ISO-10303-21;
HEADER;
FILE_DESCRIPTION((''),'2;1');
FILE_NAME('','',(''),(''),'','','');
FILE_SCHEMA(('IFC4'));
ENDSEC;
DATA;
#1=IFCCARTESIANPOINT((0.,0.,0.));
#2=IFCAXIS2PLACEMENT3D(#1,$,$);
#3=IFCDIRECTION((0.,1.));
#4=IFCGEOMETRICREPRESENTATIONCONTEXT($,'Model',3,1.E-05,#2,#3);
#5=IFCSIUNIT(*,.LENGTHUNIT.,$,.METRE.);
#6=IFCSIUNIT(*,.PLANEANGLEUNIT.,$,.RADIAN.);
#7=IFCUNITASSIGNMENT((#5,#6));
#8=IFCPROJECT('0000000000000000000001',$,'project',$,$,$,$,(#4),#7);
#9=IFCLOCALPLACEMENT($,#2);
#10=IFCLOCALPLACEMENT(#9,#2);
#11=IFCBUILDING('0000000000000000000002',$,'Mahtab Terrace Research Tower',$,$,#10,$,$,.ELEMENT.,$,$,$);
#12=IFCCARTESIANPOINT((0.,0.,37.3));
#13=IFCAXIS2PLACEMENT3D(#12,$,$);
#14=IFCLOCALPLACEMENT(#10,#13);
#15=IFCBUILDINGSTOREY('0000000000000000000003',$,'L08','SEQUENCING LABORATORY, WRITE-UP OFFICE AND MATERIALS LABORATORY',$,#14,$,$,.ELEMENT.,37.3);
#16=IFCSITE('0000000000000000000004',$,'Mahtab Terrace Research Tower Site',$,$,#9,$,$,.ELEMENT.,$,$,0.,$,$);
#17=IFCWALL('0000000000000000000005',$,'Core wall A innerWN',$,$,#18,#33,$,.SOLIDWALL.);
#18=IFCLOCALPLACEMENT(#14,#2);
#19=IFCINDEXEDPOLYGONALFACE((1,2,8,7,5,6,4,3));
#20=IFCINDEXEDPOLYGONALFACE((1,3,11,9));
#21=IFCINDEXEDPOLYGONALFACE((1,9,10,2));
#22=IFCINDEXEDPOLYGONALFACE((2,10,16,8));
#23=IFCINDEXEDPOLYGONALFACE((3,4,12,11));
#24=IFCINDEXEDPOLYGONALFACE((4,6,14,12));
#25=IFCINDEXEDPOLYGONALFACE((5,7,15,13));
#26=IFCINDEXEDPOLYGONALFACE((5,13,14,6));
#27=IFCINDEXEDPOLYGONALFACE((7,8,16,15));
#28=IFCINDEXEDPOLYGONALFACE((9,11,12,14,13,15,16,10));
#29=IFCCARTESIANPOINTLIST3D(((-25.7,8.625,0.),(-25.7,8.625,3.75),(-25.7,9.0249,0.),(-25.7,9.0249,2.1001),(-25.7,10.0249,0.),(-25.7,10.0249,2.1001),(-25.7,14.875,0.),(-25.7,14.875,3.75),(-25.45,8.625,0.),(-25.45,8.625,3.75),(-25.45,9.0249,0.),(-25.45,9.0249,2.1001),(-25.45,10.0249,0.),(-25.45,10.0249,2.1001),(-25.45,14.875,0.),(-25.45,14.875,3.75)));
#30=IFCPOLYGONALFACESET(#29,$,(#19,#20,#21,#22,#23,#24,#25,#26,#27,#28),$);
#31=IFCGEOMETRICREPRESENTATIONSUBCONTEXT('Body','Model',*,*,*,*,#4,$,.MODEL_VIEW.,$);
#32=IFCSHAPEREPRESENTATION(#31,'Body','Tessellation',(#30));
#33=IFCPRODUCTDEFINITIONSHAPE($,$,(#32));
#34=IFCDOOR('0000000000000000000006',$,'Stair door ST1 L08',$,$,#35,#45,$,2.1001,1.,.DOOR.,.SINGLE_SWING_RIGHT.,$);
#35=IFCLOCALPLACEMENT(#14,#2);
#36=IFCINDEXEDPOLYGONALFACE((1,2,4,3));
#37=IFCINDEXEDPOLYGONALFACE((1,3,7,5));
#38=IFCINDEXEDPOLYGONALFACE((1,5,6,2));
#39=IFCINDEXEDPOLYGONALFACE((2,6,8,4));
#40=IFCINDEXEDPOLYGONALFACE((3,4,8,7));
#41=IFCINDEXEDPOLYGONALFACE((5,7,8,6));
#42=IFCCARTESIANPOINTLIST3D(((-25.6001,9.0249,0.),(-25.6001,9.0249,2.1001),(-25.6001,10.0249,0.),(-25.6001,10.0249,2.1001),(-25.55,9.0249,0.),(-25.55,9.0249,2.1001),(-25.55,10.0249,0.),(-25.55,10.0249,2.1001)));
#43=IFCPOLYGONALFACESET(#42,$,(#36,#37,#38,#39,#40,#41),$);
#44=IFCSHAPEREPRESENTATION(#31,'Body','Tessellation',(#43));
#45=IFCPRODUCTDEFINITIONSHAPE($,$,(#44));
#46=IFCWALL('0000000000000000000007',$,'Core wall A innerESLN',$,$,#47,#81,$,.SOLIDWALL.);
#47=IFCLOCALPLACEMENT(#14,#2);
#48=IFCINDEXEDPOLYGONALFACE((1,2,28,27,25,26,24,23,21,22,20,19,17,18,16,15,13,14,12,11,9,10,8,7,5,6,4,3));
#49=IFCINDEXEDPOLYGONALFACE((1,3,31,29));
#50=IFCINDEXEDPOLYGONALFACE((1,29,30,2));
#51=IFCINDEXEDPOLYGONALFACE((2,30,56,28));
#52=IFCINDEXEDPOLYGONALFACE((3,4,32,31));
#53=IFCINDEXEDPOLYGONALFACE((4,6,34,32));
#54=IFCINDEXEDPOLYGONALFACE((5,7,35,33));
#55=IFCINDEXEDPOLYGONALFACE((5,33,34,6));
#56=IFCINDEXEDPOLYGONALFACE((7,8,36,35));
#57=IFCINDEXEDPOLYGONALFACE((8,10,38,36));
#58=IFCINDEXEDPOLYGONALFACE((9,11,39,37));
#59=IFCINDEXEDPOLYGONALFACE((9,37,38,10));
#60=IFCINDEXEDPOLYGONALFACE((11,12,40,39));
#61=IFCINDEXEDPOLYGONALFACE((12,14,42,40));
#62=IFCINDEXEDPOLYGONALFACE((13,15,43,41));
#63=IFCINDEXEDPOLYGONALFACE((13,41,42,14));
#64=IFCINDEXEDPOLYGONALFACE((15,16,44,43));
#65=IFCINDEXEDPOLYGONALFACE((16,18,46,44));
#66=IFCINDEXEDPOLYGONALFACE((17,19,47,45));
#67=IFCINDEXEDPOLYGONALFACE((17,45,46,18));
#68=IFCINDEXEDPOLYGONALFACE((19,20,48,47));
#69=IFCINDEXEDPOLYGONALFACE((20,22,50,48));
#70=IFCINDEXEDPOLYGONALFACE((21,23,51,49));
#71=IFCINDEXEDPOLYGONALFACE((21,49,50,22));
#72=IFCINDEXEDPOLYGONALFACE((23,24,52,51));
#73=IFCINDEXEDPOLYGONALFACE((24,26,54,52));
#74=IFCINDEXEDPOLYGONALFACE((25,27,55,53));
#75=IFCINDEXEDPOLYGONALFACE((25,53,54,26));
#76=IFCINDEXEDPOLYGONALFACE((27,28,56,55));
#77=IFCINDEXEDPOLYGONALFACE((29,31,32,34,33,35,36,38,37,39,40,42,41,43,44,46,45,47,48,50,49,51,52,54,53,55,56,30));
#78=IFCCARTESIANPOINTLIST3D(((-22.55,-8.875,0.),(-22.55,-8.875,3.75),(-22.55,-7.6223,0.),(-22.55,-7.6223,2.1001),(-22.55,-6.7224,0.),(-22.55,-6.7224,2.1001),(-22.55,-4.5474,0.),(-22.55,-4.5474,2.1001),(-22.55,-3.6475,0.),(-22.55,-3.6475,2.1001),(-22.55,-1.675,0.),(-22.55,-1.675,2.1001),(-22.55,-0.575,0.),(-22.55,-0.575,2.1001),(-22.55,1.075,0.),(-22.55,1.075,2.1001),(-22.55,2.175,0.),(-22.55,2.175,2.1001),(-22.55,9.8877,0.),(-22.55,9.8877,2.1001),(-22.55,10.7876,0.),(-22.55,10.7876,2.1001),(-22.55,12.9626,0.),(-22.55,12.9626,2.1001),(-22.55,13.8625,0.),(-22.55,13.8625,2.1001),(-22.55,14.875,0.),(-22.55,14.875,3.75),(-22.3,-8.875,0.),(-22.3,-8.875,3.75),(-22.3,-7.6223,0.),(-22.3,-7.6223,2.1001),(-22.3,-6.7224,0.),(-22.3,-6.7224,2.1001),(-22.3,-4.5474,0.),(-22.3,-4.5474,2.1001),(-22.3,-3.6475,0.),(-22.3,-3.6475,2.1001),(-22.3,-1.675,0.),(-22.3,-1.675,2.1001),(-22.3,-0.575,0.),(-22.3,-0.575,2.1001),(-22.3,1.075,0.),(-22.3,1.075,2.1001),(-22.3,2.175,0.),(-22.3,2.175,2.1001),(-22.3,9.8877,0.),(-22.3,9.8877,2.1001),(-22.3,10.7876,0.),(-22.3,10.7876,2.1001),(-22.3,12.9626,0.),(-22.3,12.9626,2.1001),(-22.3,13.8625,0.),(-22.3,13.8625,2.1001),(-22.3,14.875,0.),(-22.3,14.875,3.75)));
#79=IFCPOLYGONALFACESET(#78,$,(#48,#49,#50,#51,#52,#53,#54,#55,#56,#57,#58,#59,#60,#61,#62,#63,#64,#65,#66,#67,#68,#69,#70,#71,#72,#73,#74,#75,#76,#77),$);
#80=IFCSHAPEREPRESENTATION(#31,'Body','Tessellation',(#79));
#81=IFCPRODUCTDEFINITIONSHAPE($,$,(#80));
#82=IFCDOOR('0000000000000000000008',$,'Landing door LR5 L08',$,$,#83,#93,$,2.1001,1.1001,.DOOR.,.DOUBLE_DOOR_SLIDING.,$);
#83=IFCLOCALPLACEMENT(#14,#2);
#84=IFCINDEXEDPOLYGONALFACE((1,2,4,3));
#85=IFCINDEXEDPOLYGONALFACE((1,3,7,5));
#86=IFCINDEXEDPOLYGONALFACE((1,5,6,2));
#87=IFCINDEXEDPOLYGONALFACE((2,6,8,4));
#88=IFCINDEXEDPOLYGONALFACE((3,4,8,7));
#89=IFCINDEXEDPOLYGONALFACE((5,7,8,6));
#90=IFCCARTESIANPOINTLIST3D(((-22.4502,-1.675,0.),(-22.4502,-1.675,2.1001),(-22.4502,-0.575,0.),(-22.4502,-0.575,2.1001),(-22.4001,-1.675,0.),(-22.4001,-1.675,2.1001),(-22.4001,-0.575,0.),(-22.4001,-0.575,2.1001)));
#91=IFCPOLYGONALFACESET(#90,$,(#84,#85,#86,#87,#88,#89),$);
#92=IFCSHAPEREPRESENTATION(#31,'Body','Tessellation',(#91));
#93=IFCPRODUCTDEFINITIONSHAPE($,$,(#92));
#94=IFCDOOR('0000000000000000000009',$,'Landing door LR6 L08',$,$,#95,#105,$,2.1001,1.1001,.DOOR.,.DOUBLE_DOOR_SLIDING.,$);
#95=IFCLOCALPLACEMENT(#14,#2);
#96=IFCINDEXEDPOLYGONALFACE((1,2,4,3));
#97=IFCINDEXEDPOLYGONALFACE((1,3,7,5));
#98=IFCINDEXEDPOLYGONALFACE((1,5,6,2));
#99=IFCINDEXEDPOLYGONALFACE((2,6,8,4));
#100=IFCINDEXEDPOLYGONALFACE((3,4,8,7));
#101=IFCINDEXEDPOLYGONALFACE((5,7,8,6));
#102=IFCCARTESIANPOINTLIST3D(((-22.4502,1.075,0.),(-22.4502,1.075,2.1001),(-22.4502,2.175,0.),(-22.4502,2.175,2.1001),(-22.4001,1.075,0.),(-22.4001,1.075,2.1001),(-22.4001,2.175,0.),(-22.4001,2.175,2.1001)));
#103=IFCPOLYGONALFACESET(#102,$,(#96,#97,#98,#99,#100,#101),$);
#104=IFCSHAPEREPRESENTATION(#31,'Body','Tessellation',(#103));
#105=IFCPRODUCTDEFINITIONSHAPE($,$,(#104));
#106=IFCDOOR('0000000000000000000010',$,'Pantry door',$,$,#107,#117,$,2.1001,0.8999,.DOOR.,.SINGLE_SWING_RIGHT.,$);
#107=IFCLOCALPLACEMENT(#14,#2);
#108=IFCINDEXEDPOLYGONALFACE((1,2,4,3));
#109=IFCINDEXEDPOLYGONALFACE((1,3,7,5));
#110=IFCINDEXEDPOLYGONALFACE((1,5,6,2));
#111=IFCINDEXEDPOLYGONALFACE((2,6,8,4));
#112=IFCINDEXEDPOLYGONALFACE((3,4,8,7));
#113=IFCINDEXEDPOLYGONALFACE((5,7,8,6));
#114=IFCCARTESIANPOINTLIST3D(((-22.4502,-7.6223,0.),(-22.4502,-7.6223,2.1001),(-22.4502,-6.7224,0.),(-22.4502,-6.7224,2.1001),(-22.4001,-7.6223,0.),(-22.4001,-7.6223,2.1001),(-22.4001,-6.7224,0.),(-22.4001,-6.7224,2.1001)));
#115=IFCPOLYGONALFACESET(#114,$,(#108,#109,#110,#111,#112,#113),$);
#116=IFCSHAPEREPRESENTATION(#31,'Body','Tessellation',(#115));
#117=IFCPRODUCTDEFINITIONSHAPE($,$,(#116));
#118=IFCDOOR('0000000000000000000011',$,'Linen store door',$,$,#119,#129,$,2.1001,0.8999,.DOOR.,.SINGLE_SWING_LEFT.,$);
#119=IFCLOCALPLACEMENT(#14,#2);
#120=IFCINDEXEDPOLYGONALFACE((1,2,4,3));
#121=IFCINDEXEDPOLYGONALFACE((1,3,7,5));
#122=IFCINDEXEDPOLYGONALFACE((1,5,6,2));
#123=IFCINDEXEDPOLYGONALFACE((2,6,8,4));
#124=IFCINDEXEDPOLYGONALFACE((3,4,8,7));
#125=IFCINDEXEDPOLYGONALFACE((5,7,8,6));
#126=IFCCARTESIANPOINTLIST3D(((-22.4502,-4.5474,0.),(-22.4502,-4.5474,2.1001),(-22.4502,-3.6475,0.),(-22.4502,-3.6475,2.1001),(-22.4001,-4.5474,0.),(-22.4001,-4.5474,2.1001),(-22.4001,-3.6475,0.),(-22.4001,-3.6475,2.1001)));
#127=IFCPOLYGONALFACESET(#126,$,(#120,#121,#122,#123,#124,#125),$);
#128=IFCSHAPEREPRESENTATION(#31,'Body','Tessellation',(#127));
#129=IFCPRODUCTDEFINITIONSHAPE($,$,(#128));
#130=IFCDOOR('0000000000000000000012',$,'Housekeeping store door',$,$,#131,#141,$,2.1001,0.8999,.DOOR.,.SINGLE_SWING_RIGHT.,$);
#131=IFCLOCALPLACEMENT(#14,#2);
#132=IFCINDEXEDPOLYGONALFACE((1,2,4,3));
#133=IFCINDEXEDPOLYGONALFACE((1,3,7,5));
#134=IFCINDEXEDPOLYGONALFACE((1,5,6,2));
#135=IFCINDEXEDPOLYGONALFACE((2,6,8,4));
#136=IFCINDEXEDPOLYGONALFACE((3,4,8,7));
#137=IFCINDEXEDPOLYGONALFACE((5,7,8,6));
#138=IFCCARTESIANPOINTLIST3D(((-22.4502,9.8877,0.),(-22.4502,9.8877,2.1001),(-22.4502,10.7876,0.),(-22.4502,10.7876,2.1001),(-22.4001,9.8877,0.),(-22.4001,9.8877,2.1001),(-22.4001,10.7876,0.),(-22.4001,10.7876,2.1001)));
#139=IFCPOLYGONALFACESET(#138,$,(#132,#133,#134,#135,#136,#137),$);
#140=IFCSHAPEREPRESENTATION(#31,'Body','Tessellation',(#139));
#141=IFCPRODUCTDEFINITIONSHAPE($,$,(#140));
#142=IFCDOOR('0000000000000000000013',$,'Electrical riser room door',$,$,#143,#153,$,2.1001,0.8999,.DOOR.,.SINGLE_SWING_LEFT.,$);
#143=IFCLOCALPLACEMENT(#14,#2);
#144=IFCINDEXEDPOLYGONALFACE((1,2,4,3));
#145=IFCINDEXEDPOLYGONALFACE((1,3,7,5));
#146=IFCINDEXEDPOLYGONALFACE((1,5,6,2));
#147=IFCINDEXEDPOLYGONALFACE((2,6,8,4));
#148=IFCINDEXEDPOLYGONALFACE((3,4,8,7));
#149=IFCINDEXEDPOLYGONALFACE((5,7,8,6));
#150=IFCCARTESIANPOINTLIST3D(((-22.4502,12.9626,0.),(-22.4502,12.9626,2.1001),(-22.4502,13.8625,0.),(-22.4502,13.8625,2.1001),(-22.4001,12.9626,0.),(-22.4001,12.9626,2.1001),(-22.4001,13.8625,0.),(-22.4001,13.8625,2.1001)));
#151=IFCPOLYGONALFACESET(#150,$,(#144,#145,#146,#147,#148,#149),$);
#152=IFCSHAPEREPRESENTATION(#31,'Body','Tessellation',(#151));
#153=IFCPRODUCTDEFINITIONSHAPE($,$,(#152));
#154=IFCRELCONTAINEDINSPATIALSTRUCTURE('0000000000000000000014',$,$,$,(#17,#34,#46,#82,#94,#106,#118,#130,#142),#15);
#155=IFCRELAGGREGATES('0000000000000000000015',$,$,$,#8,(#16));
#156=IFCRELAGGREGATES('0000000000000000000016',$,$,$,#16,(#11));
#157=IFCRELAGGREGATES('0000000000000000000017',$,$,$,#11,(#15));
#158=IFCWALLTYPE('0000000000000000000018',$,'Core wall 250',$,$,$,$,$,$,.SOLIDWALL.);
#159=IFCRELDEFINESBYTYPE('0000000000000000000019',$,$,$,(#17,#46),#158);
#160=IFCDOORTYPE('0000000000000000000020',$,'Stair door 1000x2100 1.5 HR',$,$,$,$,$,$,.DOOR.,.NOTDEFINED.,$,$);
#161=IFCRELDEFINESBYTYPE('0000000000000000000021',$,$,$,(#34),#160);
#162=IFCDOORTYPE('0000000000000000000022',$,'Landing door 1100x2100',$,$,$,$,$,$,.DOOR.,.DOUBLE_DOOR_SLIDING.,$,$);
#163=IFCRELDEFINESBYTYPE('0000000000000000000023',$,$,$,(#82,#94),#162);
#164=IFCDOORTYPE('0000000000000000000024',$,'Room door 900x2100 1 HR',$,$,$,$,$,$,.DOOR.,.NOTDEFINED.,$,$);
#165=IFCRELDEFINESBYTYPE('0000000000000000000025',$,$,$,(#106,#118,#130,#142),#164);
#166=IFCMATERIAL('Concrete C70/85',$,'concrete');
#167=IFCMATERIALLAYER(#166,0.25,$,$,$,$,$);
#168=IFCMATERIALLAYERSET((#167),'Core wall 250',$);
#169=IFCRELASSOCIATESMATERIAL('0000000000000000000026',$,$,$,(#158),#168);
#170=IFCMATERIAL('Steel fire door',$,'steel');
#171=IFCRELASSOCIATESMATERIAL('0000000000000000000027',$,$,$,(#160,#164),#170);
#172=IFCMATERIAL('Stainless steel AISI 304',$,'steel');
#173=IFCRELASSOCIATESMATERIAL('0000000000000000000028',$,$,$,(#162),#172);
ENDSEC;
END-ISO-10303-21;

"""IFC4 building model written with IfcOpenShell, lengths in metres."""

from ifc_helpers import new_model, si_unit, direction, frame, frame_2d, origin, place, context, subcontext, project, spatial, rectangle, extrude, material, layer, layer_set, type_object, element, fill, save


model = new_model("IFC4")

# Units and contexts
model_context = context("Model", 3, precision=1e-05, world=origin(), true_north=direction((0.0, 1.0)))
body_context = subcontext(model_context, "Body", "Model", "MODEL_VIEW")
ifc_project = project(units=[si_unit("LENGTHUNIT", "METRE"), si_unit("PLANEANGLEUNIT", "RADIAN")], contexts=[model_context])

# Site, building, storey
site_placement = place(None, origin())
site = spatial("IfcSite", under=ifc_project, at=site_placement, Name="Mahtab Terrace Research Tower Site", CompositionType="ELEMENT", RefElevation=0.0)
building_placement = place(site_placement, origin())
building = spatial("IfcBuilding", under=site, at=building_placement, Name="Mahtab Terrace Research Tower", CompositionType="ELEMENT")
storey_placement = place(building_placement, frame((0.0, 0.0, 37.3)))
storey = spatial("IfcBuildingStorey", under=building, at=storey_placement, Name="L08", Description="SEQUENCING LABORATORY, WRITE-UP OFFICE AND MATERIALS LABORATORY", CompositionType="ELEMENT", Elevation=37.3)

# Shared definitions
ifc_material_1 = material(Name="Concrete C70/85", Category="concrete")
ifc_layer_1 = layer(ifc_material_1, 0.25)
ifc_layer_set_1 = layer_set([ifc_layer_1], Name="Core wall 250")
wall_type_1 = type_object("IfcWallType", Name="Core wall 250", PredefinedType="SOLIDWALL", material=ifc_layer_set_1)

# Wall, opening, door
ifc_material_2 = material(Name="Steel fire door", Category="steel")
wall_1_placement = place(storey_placement, frame((-25.575, 14.875, 0.0), z_axis=(0.0, 0.0, 1.0), x_axis=(0.0, -1.0, 0.0)))
wall_1 = element("IfcWall", 1, at=wall_1_placement, inside=storey, type_object=wall_type_1, Name="Core wall A innerWN", PredefinedType="SOLIDWALL", context=body_context, shape_type="SweptSolid", body=[
    extrude(rectangle(XDim=6.25, YDim=0.25, at=frame_2d((3.125, 0.0))), origin(), (0.0, 0.0, 1.0), 3.75),
])
opening_1_placement = place(wall_1_placement, frame((4.8501, 0.0, 0.0)))
opening_1 = element("IfcOpeningElement", 2, at=opening_1_placement, cuts=wall_1, PredefinedType="OPENING", context=body_context, shape_type="SweptSolid", body=[
    extrude(rectangle(XDim=1.0, YDim=2.1001, at=frame_2d((0.5, 1.05))), frame((0.0, 0.135, 0.0), z_axis=(0.0, -1.0, 0.0), x_axis=(1.0, 0.0, 0.0)), (0.0, 0.0, 1.0), 0.27),
])
door_type_1 = type_object("IfcDoorType", Name="Stair door 1000x2100 1.5 HR", OperationType="NOTDEFINED", PredefinedType="DOOR", material=ifc_material_2)
door_1_placement = place(opening_1_placement, origin())
door_1 = element("IfcDoor", 3, at=door_1_placement, inside=storey, type_object=door_type_1, Name="Stair door ST1 L08", OperationType="SINGLE_SWING_RIGHT", OverallHeight=2.1001, OverallWidth=1.0, PredefinedType="DOOR", context=body_context, shape_type="SweptSolid", body=[
    extrude(rectangle(XDim=1.0, YDim=2.1001, at=frame_2d((0.5, 1.05))), frame((0.0, 0.0249, 0.0), z_axis=(0.0, -1.0, 0.0), x_axis=(1.0, 0.0, 0.0)), (0.0, 0.0, 1.0), 0.05),
])
fill(opening_1, door_1)

# Wall, openings, doors
wall_2_placement = place(storey_placement, frame((-22.425, 14.875, 0.0), z_axis=(0.0, 0.0, 1.0), x_axis=(0.0, -1.0, 0.0)))
wall_2 = element("IfcWall", 4, at=wall_2_placement, inside=storey, type_object=wall_type_1, Name="Core wall A innerESLN", PredefinedType="SOLIDWALL", context=body_context, shape_type="SweptSolid", body=[
    extrude(rectangle(XDim=23.75, YDim=0.25, at=frame_2d((11.875, 0.0))), origin(), (0.0, 0.0, 1.0), 3.75),
])
opening_2_placement = place(wall_2_placement, frame((15.45, 0.0, 0.0)))
opening_2 = element("IfcOpeningElement", 5, at=opening_2_placement, cuts=wall_2, PredefinedType="OPENING", context=body_context, shape_type="SweptSolid", body=[
    extrude(rectangle(XDim=1.1001, YDim=2.1001, at=frame_2d((0.55, 1.05))), frame((0.0, 0.135, 0.0), z_axis=(0.0, -1.0, 0.0), x_axis=(1.0, 0.0, 0.0)), (0.0, 0.0, 1.0), 0.27),
])
opening_3_placement = place(wall_2_placement, frame((12.7, 0.0, 0.0)))
opening_3 = element("IfcOpeningElement", 6, at=opening_3_placement, cuts=wall_2, PredefinedType="OPENING", context=body_context, shape_type="SweptSolid", body=[
    extrude(rectangle(XDim=1.1001, YDim=2.1001, at=frame_2d((0.55, 1.05))), frame((0.0, 0.135, 0.0), z_axis=(0.0, -1.0, 0.0), x_axis=(1.0, 0.0, 0.0)), (0.0, 0.0, 1.0), 0.27),
])
opening_4_placement = place(wall_2_placement, frame((21.5974, 0.0, 0.0)))
opening_4 = element("IfcOpeningElement", 7, at=opening_4_placement, cuts=wall_2, PredefinedType="OPENING", context=body_context, shape_type="SweptSolid", body=[
    extrude(rectangle(XDim=0.8999, YDim=2.1001, at=frame_2d((0.45, 1.05))), frame((0.0, 0.135, 0.0), z_axis=(0.0, -1.0, 0.0), x_axis=(1.0, 0.0, 0.0)), (0.0, 0.0, 1.0), 0.27),
])
opening_5_placement = place(wall_2_placement, frame((18.5225, 0.0, 0.0)))
opening_5 = element("IfcOpeningElement", 8, at=opening_5_placement, cuts=wall_2, PredefinedType="OPENING", context=body_context, shape_type="SweptSolid", body=[
    extrude(rectangle(XDim=0.8999, YDim=2.1001, at=frame_2d((0.45, 1.05))), frame((0.0, 0.135, 0.0), z_axis=(0.0, -1.0, 0.0), x_axis=(1.0, 0.0, 0.0)), (0.0, 0.0, 1.0), 0.27),
])
opening_6_placement = place(wall_2_placement, frame((4.0874, 0.0, 0.0)))
opening_6 = element("IfcOpeningElement", 9, at=opening_6_placement, cuts=wall_2, PredefinedType="OPENING", context=body_context, shape_type="SweptSolid", body=[
    extrude(rectangle(XDim=0.8999, YDim=2.1001, at=frame_2d((0.45, 1.05))), frame((0.0, 0.135, 0.0), z_axis=(0.0, -1.0, 0.0), x_axis=(1.0, 0.0, 0.0)), (0.0, 0.0, 1.0), 0.27),
])
opening_7_placement = place(wall_2_placement, frame((1.0125, 0.0, 0.0)))
opening_7 = element("IfcOpeningElement", 10, at=opening_7_placement, cuts=wall_2, PredefinedType="OPENING", context=body_context, shape_type="SweptSolid", body=[
    extrude(rectangle(XDim=0.8999, YDim=2.1001, at=frame_2d((0.45, 1.05))), frame((0.0, 0.135, 0.0), z_axis=(0.0, -1.0, 0.0), x_axis=(1.0, 0.0, 0.0)), (0.0, 0.0, 1.0), 0.27),
])
ifc_material_3 = material(Name="Stainless steel AISI 304", Category="steel")
door_type_2 = type_object("IfcDoorType", Name="Landing door 1100x2100", OperationType="DOUBLE_DOOR_SLIDING", PredefinedType="DOOR", material=ifc_material_3)
door_2_placement = place(opening_2_placement, origin())
door_2 = element("IfcDoor", 11, at=door_2_placement, inside=storey, type_object=door_type_2, Name="Landing door LR5 L08", OperationType="DOUBLE_DOOR_SLIDING", OverallHeight=2.1001, OverallWidth=1.1001, PredefinedType="DOOR", context=body_context, shape_type="SweptSolid", body=[
    extrude(rectangle(XDim=1.1001, YDim=2.1001, at=frame_2d((0.55, 1.05))), frame((0.0, 0.0249, 0.0), z_axis=(0.0, -1.0, 0.0), x_axis=(1.0, 0.0, 0.0)), (0.0, 0.0, 1.0), 0.05),
])
fill(opening_2, door_2)
door_3_placement = place(opening_3_placement, origin())
door_3 = element("IfcDoor", 12, at=door_3_placement, inside=storey, type_object=door_type_2, Name="Landing door LR6 L08", OperationType="DOUBLE_DOOR_SLIDING", OverallHeight=2.1001, OverallWidth=1.1001, PredefinedType="DOOR", context=body_context, shape_type="SweptSolid", body=[
    extrude(rectangle(XDim=1.1001, YDim=2.1001, at=frame_2d((0.55, 1.05))), frame((0.0, 0.0249, 0.0), z_axis=(0.0, -1.0, 0.0), x_axis=(1.0, 0.0, 0.0)), (0.0, 0.0, 1.0), 0.05),
])
fill(opening_3, door_3)
door_type_3 = type_object("IfcDoorType", Name="Room door 900x2100 1 HR", OperationType="NOTDEFINED", PredefinedType="DOOR", material=ifc_material_2)
door_4_placement = place(opening_4_placement, origin())
door_4 = element("IfcDoor", 13, at=door_4_placement, inside=storey, type_object=door_type_3, Name="Pantry door", OperationType="SINGLE_SWING_RIGHT", OverallHeight=2.1001, OverallWidth=0.8999, PredefinedType="DOOR", context=body_context, shape_type="SweptSolid", body=[
    extrude(rectangle(XDim=0.8999, YDim=2.1001, at=frame_2d((0.45, 1.05))), frame((0.0, 0.0249, 0.0), z_axis=(0.0, -1.0, 0.0), x_axis=(1.0, 0.0, 0.0)), (0.0, 0.0, 1.0), 0.05),
])
fill(opening_4, door_4)
door_5_placement = place(opening_5_placement, origin())
door_5 = element("IfcDoor", 14, at=door_5_placement, inside=storey, type_object=door_type_3, Name="Linen store door", OperationType="SINGLE_SWING_LEFT", OverallHeight=2.1001, OverallWidth=0.8999, PredefinedType="DOOR", context=body_context, shape_type="SweptSolid", body=[
    extrude(rectangle(XDim=0.8999, YDim=2.1001, at=frame_2d((0.45, 1.05))), frame((0.0, 0.0249, 0.0), z_axis=(0.0, -1.0, 0.0), x_axis=(1.0, 0.0, 0.0)), (0.0, 0.0, 1.0), 0.05),
])
fill(opening_5, door_5)
door_6_placement = place(opening_6_placement, origin())
door_6 = element("IfcDoor", 15, at=door_6_placement, inside=storey, type_object=door_type_3, Name="Housekeeping store door", OperationType="SINGLE_SWING_RIGHT", OverallHeight=2.1001, OverallWidth=0.8999, PredefinedType="DOOR", context=body_context, shape_type="SweptSolid", body=[
    extrude(rectangle(XDim=0.8999, YDim=2.1001, at=frame_2d((0.45, 1.05))), frame((0.0, 0.0249, 0.0), z_axis=(0.0, -1.0, 0.0), x_axis=(1.0, 0.0, 0.0)), (0.0, 0.0, 1.0), 0.05),
])
fill(opening_6, door_6)
door_7_placement = place(opening_7_placement, origin())
door_7 = element("IfcDoor", 16, at=door_7_placement, inside=storey, type_object=door_type_3, Name="Electrical riser room door", OperationType="SINGLE_SWING_LEFT", OverallHeight=2.1001, OverallWidth=0.8999, PredefinedType="DOOR", context=body_context, shape_type="SweptSolid", body=[
    extrude(rectangle(XDim=0.8999, YDim=2.1001, at=frame_2d((0.45, 1.05))), frame((0.0, 0.0249, 0.0), z_axis=(0.0, -1.0, 0.0), x_axis=(1.0, 0.0, 0.0)), (0.0, 0.0, 1.0), 0.05),
])
fill(opening_7, door_7)

save(model, "model.ifc")
